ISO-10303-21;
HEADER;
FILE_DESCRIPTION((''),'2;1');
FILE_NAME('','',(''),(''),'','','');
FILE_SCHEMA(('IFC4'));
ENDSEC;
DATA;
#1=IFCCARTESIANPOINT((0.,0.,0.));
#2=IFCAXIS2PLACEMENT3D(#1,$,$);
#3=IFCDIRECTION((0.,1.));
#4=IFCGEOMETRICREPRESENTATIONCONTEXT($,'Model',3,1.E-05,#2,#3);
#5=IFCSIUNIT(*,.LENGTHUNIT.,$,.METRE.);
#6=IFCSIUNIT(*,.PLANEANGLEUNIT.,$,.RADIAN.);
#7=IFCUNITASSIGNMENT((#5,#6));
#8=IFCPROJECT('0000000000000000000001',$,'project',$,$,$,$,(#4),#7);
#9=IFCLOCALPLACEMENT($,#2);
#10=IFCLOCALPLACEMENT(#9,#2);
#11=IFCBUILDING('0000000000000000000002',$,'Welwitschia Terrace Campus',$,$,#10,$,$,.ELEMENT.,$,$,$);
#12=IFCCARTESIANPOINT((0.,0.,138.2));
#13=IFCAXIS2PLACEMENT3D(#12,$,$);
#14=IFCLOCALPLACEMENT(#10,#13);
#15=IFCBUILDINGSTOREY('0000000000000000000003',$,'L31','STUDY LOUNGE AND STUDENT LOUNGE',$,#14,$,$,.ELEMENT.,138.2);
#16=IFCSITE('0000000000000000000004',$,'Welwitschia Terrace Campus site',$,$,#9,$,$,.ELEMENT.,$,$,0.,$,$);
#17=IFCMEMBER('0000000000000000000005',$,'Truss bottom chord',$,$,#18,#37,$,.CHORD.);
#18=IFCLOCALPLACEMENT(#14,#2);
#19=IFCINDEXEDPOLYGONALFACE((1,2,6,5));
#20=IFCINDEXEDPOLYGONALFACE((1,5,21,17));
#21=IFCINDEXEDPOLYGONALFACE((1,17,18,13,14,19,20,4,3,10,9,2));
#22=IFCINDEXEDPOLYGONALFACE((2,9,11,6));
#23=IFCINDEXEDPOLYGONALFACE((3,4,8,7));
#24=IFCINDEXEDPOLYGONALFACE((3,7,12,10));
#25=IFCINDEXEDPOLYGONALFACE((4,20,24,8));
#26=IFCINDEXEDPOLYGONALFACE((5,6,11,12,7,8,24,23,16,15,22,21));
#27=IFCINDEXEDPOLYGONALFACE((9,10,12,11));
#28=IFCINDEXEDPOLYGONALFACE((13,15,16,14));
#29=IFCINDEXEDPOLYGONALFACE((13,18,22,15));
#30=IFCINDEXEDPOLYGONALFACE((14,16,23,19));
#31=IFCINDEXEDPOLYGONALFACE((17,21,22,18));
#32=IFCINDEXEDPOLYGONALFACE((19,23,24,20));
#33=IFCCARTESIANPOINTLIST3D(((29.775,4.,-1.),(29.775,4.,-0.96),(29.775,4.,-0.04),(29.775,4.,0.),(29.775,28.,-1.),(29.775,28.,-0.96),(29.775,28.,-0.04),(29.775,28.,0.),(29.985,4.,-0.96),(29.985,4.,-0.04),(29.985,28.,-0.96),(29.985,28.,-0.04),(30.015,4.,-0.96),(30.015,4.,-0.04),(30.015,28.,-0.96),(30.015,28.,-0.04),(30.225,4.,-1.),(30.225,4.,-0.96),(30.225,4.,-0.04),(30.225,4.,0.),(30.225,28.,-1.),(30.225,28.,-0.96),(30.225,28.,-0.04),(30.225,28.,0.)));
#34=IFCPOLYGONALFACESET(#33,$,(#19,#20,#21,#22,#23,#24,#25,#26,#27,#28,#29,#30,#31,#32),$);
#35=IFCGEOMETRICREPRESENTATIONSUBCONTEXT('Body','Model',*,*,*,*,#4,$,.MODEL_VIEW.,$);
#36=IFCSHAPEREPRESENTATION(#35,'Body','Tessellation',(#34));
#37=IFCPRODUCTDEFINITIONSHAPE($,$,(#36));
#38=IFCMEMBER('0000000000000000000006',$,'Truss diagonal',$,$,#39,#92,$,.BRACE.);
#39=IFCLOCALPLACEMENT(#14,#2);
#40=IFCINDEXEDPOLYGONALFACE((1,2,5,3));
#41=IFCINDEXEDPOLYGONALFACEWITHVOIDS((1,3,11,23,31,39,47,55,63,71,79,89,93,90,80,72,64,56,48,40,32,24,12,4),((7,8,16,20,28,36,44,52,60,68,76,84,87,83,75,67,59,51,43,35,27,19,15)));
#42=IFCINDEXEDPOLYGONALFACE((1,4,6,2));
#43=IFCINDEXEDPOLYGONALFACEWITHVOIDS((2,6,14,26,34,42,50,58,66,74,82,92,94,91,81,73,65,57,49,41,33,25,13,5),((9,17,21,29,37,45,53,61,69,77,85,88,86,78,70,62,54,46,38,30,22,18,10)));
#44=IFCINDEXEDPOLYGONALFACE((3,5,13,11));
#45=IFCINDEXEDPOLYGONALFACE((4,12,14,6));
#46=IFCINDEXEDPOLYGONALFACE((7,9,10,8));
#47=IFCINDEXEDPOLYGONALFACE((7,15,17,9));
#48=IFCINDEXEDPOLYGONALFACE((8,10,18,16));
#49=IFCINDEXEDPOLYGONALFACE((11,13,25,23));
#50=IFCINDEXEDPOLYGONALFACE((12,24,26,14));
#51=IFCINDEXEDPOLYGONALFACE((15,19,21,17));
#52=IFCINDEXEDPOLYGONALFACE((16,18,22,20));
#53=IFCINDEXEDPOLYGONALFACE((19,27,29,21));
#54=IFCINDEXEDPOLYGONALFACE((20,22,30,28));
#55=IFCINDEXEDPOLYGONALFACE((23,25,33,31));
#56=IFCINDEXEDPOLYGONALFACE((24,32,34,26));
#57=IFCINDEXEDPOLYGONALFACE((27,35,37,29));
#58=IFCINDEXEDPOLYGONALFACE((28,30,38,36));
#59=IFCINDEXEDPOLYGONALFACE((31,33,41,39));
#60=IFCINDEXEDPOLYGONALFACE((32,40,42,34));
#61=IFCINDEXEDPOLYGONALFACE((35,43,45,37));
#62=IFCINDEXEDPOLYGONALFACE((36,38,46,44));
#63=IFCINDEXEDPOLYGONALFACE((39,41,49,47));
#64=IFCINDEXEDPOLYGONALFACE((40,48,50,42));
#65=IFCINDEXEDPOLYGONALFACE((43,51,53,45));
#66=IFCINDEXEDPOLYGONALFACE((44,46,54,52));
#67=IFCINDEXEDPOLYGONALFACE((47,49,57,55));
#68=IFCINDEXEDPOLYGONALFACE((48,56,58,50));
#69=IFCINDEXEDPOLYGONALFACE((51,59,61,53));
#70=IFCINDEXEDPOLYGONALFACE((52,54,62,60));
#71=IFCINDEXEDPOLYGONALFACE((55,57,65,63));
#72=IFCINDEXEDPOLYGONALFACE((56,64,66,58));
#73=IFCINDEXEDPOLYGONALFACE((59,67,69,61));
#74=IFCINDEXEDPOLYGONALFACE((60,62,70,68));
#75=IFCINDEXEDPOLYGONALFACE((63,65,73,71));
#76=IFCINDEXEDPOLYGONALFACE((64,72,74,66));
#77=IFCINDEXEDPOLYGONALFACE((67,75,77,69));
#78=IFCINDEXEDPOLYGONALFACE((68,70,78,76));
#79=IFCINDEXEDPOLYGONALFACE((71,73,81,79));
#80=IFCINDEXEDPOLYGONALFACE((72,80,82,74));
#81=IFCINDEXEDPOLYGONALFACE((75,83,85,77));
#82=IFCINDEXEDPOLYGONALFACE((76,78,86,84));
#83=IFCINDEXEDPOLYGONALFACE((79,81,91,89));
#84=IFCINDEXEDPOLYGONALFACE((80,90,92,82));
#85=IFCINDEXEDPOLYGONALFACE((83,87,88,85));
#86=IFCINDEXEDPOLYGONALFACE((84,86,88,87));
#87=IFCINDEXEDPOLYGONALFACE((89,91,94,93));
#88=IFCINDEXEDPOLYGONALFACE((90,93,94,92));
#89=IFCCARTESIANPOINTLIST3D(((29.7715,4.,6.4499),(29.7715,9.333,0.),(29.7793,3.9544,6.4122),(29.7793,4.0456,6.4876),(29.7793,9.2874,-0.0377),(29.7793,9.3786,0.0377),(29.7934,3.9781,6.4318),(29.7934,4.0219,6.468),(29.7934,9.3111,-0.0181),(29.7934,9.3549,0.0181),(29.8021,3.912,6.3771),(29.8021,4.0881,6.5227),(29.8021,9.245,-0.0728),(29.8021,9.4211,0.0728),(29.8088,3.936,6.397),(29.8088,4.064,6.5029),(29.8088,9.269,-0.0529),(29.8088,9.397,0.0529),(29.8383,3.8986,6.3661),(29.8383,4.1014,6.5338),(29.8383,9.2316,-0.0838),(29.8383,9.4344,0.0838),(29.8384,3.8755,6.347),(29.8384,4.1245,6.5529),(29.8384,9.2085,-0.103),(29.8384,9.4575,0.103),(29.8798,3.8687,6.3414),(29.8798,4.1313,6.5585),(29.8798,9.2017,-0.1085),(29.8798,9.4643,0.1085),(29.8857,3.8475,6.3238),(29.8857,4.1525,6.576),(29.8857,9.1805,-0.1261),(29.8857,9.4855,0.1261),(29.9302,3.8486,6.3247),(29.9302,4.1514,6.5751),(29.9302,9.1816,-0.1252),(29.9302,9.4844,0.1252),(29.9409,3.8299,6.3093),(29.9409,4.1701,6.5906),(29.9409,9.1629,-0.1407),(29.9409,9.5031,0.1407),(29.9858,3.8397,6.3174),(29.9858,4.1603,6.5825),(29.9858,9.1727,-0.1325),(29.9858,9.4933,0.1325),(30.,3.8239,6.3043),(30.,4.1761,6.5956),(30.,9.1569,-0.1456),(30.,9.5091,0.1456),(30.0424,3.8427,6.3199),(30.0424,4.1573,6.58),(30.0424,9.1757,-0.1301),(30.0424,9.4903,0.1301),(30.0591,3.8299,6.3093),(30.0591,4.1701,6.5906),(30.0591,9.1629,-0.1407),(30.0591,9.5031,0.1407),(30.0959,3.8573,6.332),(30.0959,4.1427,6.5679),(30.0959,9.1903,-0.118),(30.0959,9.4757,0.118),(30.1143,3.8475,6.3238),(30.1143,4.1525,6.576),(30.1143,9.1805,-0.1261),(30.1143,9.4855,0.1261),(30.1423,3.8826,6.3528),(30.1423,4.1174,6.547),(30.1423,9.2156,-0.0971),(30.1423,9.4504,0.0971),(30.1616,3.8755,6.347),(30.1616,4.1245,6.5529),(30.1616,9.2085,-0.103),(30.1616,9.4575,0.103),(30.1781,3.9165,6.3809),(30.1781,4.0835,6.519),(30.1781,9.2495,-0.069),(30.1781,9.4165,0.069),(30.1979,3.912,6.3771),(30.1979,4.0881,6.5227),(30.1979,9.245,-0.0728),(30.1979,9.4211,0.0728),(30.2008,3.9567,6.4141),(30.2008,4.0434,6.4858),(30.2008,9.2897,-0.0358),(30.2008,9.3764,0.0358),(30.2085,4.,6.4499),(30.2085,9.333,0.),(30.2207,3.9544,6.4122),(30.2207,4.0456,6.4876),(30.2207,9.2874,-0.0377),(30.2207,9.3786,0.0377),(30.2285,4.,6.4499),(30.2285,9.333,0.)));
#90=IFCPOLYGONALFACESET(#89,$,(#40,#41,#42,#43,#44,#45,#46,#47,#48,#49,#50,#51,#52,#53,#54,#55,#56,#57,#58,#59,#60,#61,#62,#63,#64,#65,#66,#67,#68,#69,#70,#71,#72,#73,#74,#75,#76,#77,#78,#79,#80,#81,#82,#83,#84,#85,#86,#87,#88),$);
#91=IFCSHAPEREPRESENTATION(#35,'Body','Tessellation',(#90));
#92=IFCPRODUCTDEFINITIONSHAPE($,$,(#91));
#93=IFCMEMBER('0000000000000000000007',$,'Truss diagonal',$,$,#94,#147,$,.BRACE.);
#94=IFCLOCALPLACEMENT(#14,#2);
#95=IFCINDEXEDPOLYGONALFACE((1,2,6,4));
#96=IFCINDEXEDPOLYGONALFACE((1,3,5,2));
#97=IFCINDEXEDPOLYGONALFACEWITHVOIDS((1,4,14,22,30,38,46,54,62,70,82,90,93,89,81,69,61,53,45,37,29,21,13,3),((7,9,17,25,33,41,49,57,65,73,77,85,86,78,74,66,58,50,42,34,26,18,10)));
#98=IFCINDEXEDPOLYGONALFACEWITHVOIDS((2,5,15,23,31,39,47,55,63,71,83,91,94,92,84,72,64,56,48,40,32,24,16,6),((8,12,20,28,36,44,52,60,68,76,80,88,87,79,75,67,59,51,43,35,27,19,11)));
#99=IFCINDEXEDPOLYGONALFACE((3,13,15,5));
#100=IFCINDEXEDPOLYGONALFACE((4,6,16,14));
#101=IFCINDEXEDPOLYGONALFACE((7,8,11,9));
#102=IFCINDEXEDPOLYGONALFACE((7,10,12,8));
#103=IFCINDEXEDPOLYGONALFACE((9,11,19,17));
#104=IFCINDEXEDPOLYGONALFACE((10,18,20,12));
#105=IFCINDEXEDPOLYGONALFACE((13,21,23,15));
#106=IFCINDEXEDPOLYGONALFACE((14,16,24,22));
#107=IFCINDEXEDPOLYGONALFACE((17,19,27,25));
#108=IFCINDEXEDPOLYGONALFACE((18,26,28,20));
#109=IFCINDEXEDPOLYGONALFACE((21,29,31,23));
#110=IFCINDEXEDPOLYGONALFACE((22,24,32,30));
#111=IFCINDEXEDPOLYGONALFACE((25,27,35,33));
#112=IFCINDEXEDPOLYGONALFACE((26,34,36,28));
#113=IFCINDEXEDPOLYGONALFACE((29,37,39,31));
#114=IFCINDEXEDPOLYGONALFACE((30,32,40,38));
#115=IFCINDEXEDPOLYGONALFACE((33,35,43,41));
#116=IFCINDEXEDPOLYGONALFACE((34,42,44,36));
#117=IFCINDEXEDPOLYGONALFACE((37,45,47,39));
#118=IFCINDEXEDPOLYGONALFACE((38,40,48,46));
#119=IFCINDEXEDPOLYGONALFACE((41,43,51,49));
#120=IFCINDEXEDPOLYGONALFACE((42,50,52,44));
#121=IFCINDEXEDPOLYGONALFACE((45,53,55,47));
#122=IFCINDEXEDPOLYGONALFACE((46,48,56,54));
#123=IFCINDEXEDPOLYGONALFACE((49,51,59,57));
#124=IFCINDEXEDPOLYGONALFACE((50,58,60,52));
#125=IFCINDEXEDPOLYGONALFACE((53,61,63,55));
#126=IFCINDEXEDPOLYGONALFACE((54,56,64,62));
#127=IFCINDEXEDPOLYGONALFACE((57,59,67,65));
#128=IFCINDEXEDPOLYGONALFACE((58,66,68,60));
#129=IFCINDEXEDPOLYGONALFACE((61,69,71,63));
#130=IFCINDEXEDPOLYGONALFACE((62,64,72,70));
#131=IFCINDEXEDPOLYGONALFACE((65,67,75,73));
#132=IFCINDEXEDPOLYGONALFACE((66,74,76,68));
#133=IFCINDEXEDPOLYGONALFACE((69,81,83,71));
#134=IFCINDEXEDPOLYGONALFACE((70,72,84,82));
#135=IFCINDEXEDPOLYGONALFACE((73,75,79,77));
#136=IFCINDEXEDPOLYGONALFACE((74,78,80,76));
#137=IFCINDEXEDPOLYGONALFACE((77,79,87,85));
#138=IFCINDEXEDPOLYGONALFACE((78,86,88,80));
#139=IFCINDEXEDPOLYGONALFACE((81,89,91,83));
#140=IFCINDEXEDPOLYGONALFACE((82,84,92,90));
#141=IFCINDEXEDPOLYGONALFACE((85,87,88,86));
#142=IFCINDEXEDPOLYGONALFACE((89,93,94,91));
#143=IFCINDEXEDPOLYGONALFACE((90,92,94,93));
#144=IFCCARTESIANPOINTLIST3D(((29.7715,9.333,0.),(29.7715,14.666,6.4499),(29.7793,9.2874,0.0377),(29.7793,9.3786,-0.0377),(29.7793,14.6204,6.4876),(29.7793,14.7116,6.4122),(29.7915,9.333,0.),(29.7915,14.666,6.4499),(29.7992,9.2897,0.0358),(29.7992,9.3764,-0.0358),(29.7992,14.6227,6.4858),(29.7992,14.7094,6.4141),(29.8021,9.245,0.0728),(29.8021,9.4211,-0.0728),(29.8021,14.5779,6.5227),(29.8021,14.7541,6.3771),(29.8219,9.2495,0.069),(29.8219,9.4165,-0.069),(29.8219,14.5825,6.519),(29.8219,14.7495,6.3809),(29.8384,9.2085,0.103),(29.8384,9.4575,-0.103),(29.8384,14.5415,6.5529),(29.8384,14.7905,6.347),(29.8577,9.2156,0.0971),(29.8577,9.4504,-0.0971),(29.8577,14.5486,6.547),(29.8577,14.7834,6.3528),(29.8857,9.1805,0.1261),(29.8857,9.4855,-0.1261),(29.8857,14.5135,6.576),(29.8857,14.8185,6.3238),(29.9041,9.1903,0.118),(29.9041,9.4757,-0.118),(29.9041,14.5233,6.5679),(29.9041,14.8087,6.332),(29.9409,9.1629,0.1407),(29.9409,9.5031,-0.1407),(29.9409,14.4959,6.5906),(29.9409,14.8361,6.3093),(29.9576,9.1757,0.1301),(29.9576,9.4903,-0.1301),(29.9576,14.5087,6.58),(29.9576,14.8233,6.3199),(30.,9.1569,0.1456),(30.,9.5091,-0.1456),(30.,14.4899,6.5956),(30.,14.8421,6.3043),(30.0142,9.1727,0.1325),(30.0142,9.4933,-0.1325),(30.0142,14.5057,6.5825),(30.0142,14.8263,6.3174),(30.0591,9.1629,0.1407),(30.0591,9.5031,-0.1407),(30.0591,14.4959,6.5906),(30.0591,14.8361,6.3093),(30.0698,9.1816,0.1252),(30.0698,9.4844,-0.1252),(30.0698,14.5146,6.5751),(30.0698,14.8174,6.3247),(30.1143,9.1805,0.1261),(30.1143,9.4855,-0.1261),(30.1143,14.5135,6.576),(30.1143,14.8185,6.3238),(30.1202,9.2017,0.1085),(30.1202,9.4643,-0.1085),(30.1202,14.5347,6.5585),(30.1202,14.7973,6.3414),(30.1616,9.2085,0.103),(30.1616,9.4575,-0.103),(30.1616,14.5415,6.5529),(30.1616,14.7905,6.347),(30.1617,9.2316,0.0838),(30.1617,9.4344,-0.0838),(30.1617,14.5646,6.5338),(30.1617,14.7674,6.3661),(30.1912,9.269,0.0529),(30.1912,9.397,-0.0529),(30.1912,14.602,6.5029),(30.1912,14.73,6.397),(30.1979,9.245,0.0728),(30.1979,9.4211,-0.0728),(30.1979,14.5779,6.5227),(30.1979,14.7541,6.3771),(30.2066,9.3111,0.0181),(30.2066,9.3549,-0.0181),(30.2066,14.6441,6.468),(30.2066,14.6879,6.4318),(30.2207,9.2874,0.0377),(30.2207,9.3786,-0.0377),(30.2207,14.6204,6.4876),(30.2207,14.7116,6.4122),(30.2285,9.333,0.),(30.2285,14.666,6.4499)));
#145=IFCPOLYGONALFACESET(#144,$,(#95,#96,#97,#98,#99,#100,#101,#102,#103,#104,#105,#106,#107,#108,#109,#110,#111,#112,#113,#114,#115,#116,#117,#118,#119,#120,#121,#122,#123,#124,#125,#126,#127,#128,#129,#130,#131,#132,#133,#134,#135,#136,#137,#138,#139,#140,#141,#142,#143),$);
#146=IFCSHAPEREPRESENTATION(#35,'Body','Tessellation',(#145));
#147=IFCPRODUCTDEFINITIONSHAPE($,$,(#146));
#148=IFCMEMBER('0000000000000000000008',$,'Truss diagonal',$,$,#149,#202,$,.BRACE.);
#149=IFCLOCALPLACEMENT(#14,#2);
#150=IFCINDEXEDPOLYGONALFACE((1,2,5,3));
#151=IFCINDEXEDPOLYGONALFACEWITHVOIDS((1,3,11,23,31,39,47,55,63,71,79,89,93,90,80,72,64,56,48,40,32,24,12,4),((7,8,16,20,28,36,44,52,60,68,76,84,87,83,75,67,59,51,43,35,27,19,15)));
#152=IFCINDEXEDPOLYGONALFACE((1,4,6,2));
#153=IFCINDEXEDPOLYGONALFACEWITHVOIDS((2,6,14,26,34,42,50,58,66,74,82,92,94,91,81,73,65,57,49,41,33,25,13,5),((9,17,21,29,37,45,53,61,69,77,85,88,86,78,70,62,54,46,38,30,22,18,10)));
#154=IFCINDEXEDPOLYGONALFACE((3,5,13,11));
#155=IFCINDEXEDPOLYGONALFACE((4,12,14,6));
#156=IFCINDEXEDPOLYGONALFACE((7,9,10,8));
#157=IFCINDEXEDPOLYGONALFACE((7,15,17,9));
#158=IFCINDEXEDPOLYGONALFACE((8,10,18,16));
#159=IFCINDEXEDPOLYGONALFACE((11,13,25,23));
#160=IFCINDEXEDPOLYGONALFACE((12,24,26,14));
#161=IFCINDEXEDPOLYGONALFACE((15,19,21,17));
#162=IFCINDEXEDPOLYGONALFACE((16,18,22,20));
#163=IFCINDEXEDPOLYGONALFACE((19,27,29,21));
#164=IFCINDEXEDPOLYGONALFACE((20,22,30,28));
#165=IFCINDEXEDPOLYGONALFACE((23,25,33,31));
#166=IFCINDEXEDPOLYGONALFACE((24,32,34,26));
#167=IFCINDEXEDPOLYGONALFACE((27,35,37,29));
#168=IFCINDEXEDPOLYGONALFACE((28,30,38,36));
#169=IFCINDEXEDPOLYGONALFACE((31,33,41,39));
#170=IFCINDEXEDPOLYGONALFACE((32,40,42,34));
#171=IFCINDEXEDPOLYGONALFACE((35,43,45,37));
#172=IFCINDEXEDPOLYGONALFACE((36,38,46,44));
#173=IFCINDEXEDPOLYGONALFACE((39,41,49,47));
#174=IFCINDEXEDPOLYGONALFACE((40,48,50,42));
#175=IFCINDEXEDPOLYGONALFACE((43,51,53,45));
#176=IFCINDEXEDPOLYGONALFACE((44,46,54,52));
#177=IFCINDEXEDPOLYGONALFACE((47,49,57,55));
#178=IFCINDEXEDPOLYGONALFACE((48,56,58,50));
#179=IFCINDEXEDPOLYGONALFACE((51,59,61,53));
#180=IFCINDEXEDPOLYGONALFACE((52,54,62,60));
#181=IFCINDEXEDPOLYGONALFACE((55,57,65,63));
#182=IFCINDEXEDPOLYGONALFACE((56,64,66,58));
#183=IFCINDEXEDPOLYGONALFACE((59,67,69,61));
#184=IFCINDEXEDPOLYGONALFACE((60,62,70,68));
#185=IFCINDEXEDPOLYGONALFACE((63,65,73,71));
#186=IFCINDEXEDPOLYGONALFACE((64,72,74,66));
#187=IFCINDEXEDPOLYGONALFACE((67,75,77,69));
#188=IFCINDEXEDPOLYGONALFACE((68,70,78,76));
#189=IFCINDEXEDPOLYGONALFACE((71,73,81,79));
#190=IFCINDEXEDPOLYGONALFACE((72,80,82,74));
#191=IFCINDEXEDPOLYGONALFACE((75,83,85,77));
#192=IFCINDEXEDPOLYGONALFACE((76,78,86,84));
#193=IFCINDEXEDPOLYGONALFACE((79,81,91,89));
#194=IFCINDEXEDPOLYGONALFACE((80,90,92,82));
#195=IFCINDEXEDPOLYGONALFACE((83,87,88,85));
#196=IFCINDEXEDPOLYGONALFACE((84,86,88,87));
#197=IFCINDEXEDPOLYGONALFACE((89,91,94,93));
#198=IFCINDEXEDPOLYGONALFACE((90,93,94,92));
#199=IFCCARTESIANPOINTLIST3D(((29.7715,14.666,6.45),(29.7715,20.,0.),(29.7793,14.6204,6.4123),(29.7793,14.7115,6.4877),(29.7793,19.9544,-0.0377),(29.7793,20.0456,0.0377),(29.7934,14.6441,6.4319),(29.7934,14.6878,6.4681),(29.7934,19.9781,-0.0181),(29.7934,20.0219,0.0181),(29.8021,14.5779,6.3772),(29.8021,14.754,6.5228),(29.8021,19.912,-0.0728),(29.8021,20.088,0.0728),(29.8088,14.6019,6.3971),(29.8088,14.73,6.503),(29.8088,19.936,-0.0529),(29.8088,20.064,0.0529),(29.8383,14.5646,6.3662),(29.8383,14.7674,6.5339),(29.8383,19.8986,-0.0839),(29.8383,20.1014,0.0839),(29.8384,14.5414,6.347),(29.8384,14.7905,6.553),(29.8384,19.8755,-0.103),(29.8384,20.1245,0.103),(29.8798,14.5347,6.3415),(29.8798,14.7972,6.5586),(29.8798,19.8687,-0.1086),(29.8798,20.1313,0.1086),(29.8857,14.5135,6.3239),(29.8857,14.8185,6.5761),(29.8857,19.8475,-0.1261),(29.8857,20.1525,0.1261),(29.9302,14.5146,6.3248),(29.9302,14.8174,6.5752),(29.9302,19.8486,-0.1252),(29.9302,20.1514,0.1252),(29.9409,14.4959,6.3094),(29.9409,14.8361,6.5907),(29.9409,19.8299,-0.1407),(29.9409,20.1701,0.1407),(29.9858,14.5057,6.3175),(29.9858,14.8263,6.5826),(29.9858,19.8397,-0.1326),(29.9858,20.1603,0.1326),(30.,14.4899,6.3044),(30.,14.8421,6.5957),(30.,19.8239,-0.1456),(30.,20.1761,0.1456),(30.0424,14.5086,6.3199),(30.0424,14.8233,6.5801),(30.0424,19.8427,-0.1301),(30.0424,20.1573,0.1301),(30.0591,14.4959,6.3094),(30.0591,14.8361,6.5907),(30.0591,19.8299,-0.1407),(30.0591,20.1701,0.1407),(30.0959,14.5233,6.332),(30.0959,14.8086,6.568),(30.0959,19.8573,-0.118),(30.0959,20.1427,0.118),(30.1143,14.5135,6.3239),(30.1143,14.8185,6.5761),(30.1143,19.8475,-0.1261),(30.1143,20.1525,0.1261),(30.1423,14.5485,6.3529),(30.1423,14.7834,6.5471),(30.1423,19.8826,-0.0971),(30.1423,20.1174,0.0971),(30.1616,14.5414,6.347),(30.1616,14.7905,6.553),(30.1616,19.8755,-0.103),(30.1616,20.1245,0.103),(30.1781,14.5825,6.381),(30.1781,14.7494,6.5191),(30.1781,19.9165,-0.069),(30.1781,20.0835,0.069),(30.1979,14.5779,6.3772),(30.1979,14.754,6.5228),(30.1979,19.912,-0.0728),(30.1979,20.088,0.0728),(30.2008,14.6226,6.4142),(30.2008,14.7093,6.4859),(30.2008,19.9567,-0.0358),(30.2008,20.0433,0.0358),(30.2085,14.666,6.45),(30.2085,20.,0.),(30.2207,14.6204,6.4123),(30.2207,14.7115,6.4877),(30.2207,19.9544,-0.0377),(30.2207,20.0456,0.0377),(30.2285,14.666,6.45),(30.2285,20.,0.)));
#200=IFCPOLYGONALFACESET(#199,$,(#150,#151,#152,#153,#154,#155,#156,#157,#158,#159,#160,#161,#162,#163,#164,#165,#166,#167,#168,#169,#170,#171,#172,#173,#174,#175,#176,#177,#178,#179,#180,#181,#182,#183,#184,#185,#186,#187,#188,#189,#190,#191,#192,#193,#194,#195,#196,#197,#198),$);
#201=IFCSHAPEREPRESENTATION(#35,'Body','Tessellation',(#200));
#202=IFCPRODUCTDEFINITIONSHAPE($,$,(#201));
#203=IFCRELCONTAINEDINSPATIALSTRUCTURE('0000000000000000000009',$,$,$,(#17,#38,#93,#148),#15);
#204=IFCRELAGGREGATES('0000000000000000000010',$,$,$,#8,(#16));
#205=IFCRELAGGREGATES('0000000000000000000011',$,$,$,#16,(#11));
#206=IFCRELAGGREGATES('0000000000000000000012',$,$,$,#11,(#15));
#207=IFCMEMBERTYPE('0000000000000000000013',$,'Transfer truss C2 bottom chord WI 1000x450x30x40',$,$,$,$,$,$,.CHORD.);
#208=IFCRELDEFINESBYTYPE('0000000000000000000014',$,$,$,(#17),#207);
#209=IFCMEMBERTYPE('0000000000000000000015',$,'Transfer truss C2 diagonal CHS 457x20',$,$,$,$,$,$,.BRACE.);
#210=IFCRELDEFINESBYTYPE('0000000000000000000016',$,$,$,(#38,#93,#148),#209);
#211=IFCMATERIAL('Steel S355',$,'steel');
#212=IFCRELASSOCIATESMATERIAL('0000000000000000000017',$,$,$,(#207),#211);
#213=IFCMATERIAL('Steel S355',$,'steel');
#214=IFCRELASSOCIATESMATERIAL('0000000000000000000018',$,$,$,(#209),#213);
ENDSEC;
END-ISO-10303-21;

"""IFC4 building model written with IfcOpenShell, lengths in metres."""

from ifc_helpers import new_model, si_unit, direction, frame, origin, origin_2d, place, context, subcontext, project, spatial, hollow_circle, i_section, extrude, material, material_profile, profile_set, type_object, element, save


model = new_model("IFC4")

# Units and contexts
model_context = context("Model", 3, precision=1e-05, world=origin(), true_north=direction((0.0, 1.0)))
body_context = subcontext(model_context, "Body", "Model", "MODEL_VIEW")
ifc_project = project(units=[si_unit("LENGTHUNIT", "METRE"), si_unit("PLANEANGLEUNIT", "RADIAN")], contexts=[model_context])

# Site, building, storey
site_placement = place(None, origin())
site = spatial("IfcSite", under=ifc_project, at=site_placement, Name="Welwitschia Terrace Campus site", CompositionType="ELEMENT", RefElevation=0.0)
building_placement = place(site_placement, origin())
building = spatial("IfcBuilding", under=site, at=building_placement, Name="Welwitschia Terrace Campus", CompositionType="ELEMENT")
storey_placement = place(building_placement, frame((0.0, 0.0, 138.2)))
storey = spatial("IfcBuildingStorey", under=building, at=storey_placement, Name="L31", Description="STUDY LOUNGE AND STUDENT LOUNGE", CompositionType="ELEMENT", Elevation=138.2)

# Members
ifc_material_1 = material(Name="Steel S355", Category="steel")
ifc_material_profile_1 = material_profile(ifc_material_1, i_section(OverallWidth=0.45, OverallDepth=1.0, WebThickness=0.03, FlangeThickness=0.04, at=origin_2d()))
ifc_profile_set_1 = profile_set([ifc_material_profile_1], Name="Steel S355")
member_type_1 = type_object("IfcMemberType", Name="Transfer truss C2 bottom chord WI 1000x450x30x40", PredefinedType="CHORD", material=ifc_profile_set_1)
member_1_placement = place(storey_placement, frame((30.0, 4.0, -0.5), z_axis=(0.0, 1.0, 0.0), x_axis=(-1.0, 0.0, 0.0)))
element("IfcMember", 1, at=member_1_placement, inside=storey, type_object=member_type_1, Name="Truss bottom chord", PredefinedType="CHORD", context=body_context, shape_type="SweptSolid", body=[
    extrude(i_section(OverallWidth=0.45, OverallDepth=1.0, WebThickness=0.03, FlangeThickness=0.04, at=origin_2d()), origin(), (0.0, 0.0, 1.0), 24.0),
])
ifc_material_2 = material(Name="Steel S355", Category="steel")
ifc_material_profile_2 = material_profile(ifc_material_2, hollow_circle(Radius=0.2285, WallThickness=0.02, at=origin_2d()))
ifc_profile_set_2 = profile_set([ifc_material_profile_2], Name="Steel S355")
member_type_2 = type_object("IfcMemberType", Name="Transfer truss C2 diagonal CHS 457x20", PredefinedType="BRACE", material=ifc_profile_set_2)
for number, where, z_axis, x_axis, name in (
    (2, (30.0, 9.333, 0.0), (0.0, -0.637221, 0.770681), (1.0, 0.0, 0.0), "Truss diagonal"),
    (3, (30.0, 9.333, 0.0), (0.0, 0.637221, 0.770681), (-1.0, 0.0, 0.0), "Truss diagonal"),
):
    element("IfcMember", number, at=place(storey_placement, frame(where, z_axis=z_axis, x_axis=x_axis)), inside=storey, type_object=member_type_2, Name=name, PredefinedType="BRACE", context=body_context, shape_type="SweptSolid", body=[
        extrude(hollow_circle(Radius=0.2285, WallThickness=0.02, at=origin_2d()), origin(), (0.0, 0.0, 1.0), 8.3691),
    ])
member_2_placement = place(storey_placement, frame((30.0, 20.0, 0.0), z_axis=(0.0, -0.637291, 0.770624), x_axis=(1.0, 0.0, 0.0)))
element("IfcMember", 4, at=member_2_placement, inside=storey, type_object=member_type_2, Name="Truss diagonal", PredefinedType="BRACE", context=body_context, shape_type="SweptSolid", body=[
    extrude(hollow_circle(Radius=0.2285, WallThickness=0.02, at=origin_2d()), origin(), (0.0, 0.0, 1.0), 8.3699),
])

save(model, "model.ifc")
